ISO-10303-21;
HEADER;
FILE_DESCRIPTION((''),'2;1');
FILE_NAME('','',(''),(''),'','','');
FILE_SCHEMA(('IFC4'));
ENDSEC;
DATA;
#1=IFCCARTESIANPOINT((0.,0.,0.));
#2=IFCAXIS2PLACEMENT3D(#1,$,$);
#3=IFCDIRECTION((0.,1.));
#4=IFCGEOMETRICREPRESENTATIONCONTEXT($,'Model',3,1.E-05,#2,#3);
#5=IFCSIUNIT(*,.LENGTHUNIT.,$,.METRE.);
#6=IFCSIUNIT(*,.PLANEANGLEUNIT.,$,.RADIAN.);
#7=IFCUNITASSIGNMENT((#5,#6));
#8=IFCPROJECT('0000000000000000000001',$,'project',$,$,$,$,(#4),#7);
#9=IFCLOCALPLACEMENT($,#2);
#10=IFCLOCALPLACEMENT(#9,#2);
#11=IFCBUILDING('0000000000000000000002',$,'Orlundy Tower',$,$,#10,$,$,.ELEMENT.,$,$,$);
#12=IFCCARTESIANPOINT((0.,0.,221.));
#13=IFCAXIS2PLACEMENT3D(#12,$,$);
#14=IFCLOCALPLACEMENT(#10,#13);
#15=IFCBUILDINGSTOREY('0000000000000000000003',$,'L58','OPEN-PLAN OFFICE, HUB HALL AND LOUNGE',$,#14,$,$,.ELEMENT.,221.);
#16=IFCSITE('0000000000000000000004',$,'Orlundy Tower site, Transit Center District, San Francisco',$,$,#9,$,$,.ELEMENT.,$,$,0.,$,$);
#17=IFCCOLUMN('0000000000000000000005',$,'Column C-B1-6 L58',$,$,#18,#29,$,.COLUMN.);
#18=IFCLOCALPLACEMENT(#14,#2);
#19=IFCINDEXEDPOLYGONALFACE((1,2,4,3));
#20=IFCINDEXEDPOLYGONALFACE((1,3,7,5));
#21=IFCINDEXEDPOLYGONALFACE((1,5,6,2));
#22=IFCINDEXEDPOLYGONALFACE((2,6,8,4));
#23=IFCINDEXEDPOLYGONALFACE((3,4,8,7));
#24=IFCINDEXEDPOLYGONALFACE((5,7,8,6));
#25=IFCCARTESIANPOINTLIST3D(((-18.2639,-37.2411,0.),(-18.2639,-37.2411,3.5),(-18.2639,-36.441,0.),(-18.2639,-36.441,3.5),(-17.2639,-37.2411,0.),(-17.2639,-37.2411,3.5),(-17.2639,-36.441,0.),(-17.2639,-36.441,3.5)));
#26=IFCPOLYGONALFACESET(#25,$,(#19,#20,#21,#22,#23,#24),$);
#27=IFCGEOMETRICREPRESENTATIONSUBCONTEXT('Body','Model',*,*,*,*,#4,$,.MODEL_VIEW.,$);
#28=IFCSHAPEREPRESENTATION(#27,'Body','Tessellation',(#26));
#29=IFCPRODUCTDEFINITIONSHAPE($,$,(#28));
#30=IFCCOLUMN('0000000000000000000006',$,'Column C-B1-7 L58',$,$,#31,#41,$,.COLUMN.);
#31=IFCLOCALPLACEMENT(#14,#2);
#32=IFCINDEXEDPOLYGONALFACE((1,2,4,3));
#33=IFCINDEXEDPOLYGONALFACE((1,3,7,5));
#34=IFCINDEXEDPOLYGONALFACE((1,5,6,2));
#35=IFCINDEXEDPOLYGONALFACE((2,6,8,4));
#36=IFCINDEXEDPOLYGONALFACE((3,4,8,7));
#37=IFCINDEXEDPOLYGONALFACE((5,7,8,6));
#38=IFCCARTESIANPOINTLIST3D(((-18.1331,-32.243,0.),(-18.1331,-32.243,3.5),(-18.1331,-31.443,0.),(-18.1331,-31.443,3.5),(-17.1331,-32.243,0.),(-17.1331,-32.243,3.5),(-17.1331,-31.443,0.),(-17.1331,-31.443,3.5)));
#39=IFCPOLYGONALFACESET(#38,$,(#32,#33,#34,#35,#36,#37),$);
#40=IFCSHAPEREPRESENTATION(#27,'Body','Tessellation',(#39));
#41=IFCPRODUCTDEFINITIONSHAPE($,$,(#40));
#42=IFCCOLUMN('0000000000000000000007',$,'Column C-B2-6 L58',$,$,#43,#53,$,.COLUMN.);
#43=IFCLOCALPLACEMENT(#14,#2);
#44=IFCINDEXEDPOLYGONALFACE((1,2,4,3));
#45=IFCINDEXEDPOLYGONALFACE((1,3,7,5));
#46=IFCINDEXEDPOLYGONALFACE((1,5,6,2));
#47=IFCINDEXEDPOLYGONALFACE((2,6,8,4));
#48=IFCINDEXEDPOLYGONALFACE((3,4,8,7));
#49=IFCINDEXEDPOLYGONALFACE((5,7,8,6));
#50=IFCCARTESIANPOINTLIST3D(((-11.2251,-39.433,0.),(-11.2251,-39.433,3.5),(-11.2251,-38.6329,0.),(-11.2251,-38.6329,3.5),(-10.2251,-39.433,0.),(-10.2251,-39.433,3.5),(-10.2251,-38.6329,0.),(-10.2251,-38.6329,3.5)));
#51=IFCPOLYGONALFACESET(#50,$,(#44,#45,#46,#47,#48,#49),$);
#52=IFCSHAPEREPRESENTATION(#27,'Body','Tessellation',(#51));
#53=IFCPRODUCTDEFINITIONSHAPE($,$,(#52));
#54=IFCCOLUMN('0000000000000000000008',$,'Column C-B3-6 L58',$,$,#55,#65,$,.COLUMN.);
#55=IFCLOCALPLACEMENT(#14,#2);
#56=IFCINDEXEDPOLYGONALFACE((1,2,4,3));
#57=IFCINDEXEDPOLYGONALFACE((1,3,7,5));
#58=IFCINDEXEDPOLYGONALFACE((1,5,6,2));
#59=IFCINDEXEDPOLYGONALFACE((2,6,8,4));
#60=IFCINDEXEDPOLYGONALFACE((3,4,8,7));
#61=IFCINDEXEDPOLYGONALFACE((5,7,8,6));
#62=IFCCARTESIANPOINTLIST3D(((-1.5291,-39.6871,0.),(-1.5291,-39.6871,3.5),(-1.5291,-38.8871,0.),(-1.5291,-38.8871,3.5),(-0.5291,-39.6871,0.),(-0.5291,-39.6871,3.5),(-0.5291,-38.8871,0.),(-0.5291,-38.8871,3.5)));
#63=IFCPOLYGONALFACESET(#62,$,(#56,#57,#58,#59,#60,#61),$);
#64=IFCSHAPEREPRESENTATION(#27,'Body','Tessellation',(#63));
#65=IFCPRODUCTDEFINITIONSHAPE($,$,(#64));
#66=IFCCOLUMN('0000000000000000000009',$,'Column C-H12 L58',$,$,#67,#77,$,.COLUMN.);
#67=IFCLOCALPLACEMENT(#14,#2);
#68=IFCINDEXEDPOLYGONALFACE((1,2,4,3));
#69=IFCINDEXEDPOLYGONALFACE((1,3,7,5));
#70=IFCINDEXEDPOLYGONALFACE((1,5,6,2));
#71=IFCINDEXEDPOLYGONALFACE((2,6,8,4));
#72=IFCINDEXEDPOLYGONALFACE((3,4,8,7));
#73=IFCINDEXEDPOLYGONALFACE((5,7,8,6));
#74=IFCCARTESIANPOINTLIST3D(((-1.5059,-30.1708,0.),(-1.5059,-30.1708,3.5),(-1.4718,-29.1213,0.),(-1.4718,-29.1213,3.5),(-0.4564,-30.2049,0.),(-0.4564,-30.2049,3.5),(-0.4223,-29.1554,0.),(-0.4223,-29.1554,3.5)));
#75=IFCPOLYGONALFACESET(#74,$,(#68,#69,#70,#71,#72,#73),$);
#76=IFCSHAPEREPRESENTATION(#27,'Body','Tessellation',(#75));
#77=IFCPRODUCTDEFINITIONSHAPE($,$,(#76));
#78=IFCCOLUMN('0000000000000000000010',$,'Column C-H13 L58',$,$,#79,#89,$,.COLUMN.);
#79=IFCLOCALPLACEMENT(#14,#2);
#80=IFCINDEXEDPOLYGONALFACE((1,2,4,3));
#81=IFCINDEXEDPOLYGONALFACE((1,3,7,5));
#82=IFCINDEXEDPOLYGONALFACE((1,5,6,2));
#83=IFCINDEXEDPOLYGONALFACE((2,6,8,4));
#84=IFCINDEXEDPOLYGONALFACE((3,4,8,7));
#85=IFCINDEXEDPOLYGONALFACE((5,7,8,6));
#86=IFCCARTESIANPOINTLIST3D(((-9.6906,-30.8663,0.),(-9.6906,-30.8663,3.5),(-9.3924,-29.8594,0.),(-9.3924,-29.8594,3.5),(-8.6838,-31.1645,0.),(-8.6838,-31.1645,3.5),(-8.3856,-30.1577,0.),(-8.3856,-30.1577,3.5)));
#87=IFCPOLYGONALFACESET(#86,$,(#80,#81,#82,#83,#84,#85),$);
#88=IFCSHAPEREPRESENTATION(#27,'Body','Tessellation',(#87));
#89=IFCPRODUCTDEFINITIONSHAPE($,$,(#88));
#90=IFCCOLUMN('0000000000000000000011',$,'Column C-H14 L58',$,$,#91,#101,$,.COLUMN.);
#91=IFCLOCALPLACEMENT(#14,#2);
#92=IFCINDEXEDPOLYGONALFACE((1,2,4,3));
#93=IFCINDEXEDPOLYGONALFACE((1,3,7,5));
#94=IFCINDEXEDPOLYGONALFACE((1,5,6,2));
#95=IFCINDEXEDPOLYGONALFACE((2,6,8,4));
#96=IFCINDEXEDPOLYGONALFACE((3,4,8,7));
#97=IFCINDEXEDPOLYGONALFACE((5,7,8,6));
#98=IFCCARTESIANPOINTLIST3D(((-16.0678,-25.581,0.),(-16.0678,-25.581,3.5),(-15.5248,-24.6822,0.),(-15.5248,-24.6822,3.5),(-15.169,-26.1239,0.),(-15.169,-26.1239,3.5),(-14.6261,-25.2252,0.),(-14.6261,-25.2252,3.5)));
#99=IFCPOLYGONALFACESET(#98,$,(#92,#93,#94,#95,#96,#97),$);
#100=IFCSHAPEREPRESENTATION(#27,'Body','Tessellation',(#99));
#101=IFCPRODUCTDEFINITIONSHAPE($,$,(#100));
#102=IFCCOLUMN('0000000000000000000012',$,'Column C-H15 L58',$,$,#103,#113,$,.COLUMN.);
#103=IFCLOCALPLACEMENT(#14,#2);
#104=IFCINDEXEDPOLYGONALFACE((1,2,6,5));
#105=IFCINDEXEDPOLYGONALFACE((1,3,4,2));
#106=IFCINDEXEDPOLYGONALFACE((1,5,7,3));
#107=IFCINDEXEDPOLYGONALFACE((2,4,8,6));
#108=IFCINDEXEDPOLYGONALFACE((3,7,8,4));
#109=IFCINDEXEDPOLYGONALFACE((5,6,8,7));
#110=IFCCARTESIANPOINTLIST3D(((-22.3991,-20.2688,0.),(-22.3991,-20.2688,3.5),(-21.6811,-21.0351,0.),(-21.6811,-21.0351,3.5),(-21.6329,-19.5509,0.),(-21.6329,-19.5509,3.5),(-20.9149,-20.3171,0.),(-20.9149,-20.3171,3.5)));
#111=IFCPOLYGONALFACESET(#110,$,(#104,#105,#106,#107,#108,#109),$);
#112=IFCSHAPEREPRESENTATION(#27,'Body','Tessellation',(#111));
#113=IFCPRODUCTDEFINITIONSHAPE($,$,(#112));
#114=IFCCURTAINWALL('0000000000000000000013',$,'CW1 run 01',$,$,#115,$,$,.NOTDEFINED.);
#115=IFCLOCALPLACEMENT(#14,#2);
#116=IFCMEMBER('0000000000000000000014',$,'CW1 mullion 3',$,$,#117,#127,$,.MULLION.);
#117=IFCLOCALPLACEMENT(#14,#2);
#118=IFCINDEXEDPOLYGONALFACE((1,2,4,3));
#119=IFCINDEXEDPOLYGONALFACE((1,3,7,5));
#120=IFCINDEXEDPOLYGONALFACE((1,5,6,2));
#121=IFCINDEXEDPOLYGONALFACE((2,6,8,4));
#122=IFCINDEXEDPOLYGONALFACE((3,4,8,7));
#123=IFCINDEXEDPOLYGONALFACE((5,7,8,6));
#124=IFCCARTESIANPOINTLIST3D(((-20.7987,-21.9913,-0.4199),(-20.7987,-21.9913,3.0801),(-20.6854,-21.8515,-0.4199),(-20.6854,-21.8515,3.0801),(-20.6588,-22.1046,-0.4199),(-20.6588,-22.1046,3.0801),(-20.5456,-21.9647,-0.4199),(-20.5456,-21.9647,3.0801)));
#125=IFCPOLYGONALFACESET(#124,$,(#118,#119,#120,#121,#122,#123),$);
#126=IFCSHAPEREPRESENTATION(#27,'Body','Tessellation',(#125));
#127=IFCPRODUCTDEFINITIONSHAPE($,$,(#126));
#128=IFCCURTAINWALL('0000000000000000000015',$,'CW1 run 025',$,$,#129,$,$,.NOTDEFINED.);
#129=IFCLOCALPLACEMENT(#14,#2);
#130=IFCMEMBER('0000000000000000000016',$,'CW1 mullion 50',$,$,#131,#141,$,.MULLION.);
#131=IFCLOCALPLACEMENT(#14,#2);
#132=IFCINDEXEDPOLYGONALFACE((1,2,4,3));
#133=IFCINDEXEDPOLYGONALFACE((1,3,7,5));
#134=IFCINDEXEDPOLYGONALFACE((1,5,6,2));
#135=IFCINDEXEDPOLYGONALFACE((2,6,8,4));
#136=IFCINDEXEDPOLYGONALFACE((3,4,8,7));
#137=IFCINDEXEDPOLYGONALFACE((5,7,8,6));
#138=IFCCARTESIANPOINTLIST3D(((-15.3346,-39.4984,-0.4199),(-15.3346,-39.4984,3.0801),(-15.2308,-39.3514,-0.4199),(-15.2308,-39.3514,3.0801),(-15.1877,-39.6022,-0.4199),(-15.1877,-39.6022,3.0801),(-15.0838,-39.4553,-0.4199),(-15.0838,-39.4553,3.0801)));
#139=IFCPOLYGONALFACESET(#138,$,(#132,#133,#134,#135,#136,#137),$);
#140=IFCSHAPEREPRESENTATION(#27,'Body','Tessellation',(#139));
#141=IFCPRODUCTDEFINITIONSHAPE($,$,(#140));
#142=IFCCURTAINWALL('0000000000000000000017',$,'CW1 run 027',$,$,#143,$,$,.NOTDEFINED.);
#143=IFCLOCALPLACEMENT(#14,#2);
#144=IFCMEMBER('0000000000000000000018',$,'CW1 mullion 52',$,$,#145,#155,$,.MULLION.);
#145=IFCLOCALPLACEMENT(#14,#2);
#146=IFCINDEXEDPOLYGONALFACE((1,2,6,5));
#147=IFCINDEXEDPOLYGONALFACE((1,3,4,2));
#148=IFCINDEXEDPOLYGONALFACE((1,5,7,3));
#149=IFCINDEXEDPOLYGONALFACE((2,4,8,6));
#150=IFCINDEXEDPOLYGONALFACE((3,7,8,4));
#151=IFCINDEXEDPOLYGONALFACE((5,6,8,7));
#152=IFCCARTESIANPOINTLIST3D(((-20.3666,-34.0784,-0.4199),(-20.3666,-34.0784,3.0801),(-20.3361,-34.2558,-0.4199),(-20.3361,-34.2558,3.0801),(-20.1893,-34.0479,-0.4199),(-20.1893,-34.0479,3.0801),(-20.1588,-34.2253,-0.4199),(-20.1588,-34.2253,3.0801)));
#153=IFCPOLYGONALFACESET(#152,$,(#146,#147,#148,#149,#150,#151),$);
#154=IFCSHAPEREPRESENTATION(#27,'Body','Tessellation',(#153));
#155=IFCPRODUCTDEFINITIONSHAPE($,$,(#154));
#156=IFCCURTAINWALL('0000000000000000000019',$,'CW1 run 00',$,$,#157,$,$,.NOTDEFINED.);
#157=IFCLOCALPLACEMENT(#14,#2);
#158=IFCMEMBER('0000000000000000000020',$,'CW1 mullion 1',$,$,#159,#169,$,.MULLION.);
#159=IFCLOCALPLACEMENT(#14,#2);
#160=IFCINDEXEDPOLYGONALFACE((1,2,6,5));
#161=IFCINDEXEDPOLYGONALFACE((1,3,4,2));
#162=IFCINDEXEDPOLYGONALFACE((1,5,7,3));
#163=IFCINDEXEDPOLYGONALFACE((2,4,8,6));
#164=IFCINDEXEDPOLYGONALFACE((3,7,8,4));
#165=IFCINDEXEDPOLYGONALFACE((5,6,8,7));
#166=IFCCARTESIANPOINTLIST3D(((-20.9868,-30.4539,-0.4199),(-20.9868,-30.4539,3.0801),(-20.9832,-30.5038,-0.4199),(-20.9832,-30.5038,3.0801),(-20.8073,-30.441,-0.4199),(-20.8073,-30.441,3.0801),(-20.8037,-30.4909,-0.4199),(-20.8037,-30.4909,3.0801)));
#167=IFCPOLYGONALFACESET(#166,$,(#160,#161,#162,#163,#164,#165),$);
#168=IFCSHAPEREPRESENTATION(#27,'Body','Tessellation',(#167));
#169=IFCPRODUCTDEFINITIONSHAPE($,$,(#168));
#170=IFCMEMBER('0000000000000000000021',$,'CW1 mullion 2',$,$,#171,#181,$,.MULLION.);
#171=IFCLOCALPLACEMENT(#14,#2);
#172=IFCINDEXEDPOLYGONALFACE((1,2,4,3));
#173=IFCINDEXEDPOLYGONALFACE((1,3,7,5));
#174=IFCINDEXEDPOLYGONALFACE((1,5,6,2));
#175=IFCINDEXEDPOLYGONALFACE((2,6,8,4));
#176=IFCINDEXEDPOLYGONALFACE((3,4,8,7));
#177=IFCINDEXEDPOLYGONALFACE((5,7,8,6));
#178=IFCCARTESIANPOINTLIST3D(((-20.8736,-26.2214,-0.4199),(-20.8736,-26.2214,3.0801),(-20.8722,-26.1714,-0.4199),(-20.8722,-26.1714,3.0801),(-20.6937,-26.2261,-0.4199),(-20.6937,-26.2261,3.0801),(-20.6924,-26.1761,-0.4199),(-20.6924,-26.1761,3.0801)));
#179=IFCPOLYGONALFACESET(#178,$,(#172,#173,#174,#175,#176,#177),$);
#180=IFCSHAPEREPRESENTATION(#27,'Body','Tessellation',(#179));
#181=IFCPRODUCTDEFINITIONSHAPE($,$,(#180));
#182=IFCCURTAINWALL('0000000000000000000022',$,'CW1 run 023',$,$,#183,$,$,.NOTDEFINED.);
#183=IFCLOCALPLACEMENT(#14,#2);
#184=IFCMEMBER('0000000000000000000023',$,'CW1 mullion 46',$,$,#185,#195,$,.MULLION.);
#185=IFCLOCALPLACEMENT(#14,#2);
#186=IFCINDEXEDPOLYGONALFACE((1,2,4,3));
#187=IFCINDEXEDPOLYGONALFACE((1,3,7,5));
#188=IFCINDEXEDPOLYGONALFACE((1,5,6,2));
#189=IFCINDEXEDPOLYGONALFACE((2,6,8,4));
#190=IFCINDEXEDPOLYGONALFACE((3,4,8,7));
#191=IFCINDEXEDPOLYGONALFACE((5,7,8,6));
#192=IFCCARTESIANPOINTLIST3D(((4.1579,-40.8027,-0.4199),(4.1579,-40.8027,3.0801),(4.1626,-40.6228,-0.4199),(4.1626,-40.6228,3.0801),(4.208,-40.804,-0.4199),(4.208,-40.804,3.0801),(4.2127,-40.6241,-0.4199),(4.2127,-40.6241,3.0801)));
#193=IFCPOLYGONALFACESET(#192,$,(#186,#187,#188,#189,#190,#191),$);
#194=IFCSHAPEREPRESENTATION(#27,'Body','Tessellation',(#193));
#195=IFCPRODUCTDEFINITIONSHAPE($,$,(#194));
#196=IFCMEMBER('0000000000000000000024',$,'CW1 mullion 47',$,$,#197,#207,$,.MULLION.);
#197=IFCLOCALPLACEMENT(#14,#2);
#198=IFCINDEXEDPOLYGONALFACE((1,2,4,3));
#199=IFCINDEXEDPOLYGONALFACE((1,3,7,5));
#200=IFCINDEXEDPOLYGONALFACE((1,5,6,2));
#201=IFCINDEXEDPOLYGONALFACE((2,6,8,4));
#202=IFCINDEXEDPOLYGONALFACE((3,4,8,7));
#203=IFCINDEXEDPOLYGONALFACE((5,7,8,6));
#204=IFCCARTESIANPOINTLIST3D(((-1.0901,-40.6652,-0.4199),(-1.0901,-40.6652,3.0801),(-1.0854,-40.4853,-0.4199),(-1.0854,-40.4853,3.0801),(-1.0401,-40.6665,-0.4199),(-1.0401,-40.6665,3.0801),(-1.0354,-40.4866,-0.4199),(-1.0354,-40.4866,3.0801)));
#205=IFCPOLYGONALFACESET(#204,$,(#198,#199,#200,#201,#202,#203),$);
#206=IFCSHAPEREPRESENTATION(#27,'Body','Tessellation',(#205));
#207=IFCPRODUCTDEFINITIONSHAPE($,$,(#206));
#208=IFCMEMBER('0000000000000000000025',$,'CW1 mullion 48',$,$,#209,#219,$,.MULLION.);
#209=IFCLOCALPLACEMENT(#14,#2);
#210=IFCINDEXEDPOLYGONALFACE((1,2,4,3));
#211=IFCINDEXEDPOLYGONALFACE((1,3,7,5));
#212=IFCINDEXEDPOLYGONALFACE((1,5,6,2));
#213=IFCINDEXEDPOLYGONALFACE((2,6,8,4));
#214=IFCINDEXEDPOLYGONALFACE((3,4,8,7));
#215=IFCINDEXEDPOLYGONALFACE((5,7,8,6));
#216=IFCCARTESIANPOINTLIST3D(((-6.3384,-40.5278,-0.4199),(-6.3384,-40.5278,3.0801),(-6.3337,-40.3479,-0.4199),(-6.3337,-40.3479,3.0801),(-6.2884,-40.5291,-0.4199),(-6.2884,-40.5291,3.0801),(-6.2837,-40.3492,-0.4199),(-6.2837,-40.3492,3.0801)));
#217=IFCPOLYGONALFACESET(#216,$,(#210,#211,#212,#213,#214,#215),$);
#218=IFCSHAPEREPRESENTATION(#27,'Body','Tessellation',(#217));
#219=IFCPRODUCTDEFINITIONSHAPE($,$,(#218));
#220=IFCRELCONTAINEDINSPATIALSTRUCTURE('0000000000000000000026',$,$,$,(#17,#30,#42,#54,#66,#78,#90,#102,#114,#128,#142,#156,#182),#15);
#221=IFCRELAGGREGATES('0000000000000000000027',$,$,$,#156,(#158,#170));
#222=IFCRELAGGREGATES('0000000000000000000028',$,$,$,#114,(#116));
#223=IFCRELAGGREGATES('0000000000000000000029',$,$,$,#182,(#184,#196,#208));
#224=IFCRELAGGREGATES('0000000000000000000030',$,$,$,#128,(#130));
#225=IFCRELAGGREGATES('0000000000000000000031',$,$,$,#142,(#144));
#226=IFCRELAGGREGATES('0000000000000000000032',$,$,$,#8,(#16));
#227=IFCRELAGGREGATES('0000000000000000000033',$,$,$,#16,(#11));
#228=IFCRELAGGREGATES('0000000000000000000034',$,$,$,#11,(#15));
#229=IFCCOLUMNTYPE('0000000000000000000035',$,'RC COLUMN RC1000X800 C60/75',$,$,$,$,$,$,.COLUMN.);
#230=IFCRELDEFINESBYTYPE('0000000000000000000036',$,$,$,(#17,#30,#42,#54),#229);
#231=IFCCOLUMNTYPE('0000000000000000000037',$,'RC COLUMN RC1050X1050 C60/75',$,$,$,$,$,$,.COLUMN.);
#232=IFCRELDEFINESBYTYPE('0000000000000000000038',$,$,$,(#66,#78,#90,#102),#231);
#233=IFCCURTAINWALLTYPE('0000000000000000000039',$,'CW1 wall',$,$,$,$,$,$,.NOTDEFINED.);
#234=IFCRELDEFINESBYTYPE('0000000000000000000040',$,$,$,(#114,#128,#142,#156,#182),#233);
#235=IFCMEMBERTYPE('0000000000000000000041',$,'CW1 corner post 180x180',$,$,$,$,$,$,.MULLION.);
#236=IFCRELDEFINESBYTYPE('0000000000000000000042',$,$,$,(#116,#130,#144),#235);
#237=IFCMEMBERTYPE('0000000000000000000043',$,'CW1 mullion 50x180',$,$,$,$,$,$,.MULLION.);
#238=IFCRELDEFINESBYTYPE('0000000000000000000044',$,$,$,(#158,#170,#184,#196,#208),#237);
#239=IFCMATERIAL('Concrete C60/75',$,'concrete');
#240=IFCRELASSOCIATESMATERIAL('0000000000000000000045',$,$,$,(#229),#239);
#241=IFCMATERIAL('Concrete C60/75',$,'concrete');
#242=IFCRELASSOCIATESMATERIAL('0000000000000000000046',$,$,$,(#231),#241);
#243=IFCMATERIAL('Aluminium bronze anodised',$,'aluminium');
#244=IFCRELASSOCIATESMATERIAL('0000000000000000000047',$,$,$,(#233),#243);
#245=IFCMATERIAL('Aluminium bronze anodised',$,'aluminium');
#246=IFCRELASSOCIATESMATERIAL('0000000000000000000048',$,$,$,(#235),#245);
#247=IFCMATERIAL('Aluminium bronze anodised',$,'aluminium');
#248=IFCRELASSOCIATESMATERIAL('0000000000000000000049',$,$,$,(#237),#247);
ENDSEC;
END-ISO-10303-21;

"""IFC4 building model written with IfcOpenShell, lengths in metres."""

from ifc_helpers import new_model, si_unit, direction, frame, origin, origin_2d, place, context, subcontext, project, spatial, rectangle, extrude, material, material_profile, profile_set, type_object, element, aggregate, save


model = new_model("IFC4")

# Units and contexts
model_context = context("Model", 3, precision=1e-05, world=origin(), true_north=direction((0.0, 1.0)))
body_context = subcontext(model_context, "Body", "Model", "MODEL_VIEW")
ifc_project = project(units=[si_unit("LENGTHUNIT", "METRE"), si_unit("PLANEANGLEUNIT", "RADIAN")], contexts=[model_context])

# Site, building, storey
site_placement = place(None, origin())
site = spatial("IfcSite", under=ifc_project, at=site_placement, Name="Orlundy Tower site, Transit Center District, San Francisco", CompositionType="ELEMENT", RefElevation=0.0)
building_placement = place(site_placement, origin())
building = spatial("IfcBuilding", under=site, at=building_placement, Name="Orlundy Tower", CompositionType="ELEMENT")
storey_placement = place(building_placement, frame((0.0, 0.0, 221.0)))
storey = spatial("IfcBuildingStorey", under=building, at=storey_placement, Name="L58", Description="OPEN-PLAN OFFICE, HUB HALL AND LOUNGE", CompositionType="ELEMENT", Elevation=221.0)

# Columns
ifc_material_1 = material(Name="Concrete C60/75", Category="concrete")
ifc_material_profile_1 = material_profile(ifc_material_1, rectangle(XDim=1.0, YDim=0.8, at=origin_2d()), Name="RC1000X800")
ifc_profile_set_1 = profile_set([ifc_material_profile_1], Name="Concrete C60/75")
column_type_1 = type_object("IfcColumnType", Name="RC COLUMN RC1000X800 C60/75", PredefinedType="COLUMN", material=ifc_profile_set_1)
for number, where, z_axis, x_axis, name in (
    (1, (-17.7639, -36.8411, 0.0), (0.0, 0.0, 1.0), (1.0, 0.0, 0.0), "Column C-B1-6 L58"),
    (2, (-17.6331, -31.843, 0.0), (0.0, 0.0, 1.0), (1.0, 0.0, 0.0), "Column C-B1-7 L58"),
    (3, (-10.7251, -39.033, 0.0), (0.0, 0.0, 1.0), (1.0, 0.0, 0.0), "Column C-B2-6 L58"),
    (4, (-1.0291, -39.2871, 0.0), (0.0, 0.0, 1.0), (1.0, 0.0, 0.0), "Column C-B3-6 L58"),
):
    element("IfcColumn", number, at=place(storey_placement, frame(where, z_axis=z_axis, x_axis=x_axis)), inside=storey, type_object=column_type_1, Name=name, PredefinedType="COLUMN", context=body_context, shape_type="SweptSolid", body=[
        extrude(rectangle(XDim=1.0, YDim=0.8, at=origin_2d()), origin(), (0.0, 0.0, 1.0), 3.5),
    ])
ifc_material_2 = material(Name="Concrete C60/75", Category="concrete")
ifc_material_profile_2 = material_profile(ifc_material_2, rectangle(XDim=1.05, YDim=1.05, at=origin_2d()), Name="RC1050X1050")
ifc_profile_set_2 = profile_set([ifc_material_profile_2], Name="Concrete C60/75")
column_type_2 = type_object("IfcColumnType", Name="RC COLUMN RC1050X1050 C60/75", PredefinedType="COLUMN", material=ifc_profile_set_2)
for number, where, z_axis, x_axis, name in (
    (5, (-0.9641, -29.6631, 0.0), (0.0, 0.0, 1.0), (-0.032475, -0.999473, 0.0), "Column C-H12 L58"),
    (6, (-9.0381, -30.512, 0.0), (0.0, 0.0, 1.0), (-0.284015, -0.95882, 0.0), "Column C-H13 L58"),
    (7, (-15.3469, -25.4031, 0.0), (0.0, 0.0, 1.0), (-0.517101, -0.855924, 0.0), "Column C-H14 L58"),
    (8, (-21.657, -20.293, 0.0), (0.0, 0.0, 1.0), (-0.729709, -0.683758, 0.0), "Column C-H15 L58"),
):
    element("IfcColumn", number, at=place(storey_placement, frame(where, z_axis=z_axis, x_axis=x_axis)), inside=storey, type_object=column_type_2, Name=name, PredefinedType="COLUMN", context=body_context, shape_type="SweptSolid", body=[
        extrude(rectangle(XDim=1.05, YDim=1.05, at=origin_2d()), origin(), (0.0, 0.0, 1.0), 3.5),
    ])

# Curtain walls, members
ifc_material_3 = material(Name="Aluminium bronze anodised", Category="aluminium")
curtain_wall_type = type_object("IfcCurtainWallType", Name="CW1 wall", PredefinedType="NOTDEFINED", material=ifc_material_3)
curtain_wall_1_placement = place(storey_placement, origin())
curtain_wall_1 = element("IfcCurtainWall", 9, at=curtain_wall_1_placement, inside=storey, type_object=curtain_wall_type, Name="CW1 run 01", PredefinedType="NOTDEFINED")
ifc_material_4 = material(Name="Aluminium bronze anodised", Category="aluminium")
ifc_material_profile_3 = material_profile(ifc_material_4, rectangle(XDim=0.1799, YDim=0.1799, at=origin_2d()), Name="CW1 corner post 180x180")
ifc_profile_set_3 = profile_set([ifc_material_profile_3], Name="Aluminium bronze anodised")
member_type_1 = type_object("IfcMemberType", Name="CW1 corner post 180x180", PredefinedType="MULLION", material=ifc_profile_set_3)
member_1_placement = place(storey_placement, frame((-20.6721, -21.978, -0.4199), z_axis=(0.0, 0.0, 1.0), x_axis=(-0.629283, -0.777177, 0.0)))
member_1 = element("IfcMember", 10, at=member_1_placement, type_object=member_type_1, Name="CW1 mullion 3", PredefinedType="MULLION", context=body_context, shape_type="SweptSolid", body=[
    extrude(rectangle(XDim=0.1799, YDim=0.1799, at=origin_2d()), origin(), (0.0, 0.0, 1.0), 3.5),
])
curtain_wall_2_placement = place(storey_placement, origin())
curtain_wall_2 = element("IfcCurtainWall", 11, at=curtain_wall_2_placement, inside=storey, type_object=curtain_wall_type, Name="CW1 run 025", PredefinedType="NOTDEFINED")
member_2_placement = place(storey_placement, frame((-15.2092, -39.4768, -0.4199), z_axis=(0.0, 0.0, 1.0), x_axis=(-0.577096, -0.816676, 0.0)))
member_2 = element("IfcMember", 12, at=member_2_placement, type_object=member_type_1, Name="CW1 mullion 50", PredefinedType="MULLION", context=body_context, shape_type="SweptSolid", body=[
    extrude(rectangle(XDim=0.1799, YDim=0.1799, at=origin_2d()), origin(), (0.0, 0.0, 1.0), 3.5),
])
curtain_wall_3_placement = place(storey_placement, origin())
curtain_wall_3 = element("IfcCurtainWall", 13, at=curtain_wall_3_placement, inside=storey, type_object=curtain_wall_type, Name="CW1 run 027", PredefinedType="NOTDEFINED")
member_3_placement = place(storey_placement, frame((-20.2627, -34.1519, -0.4199), z_axis=(0.0, 0.0, 1.0), x_axis=(-0.985543, -0.169428, 0.0)))
member_3 = element("IfcMember", 14, at=member_3_placement, type_object=member_type_1, Name="CW1 mullion 52", PredefinedType="MULLION", context=body_context, shape_type="SweptSolid", body=[
    extrude(rectangle(XDim=0.1799, YDim=0.1799, at=origin_2d()), origin(), (0.0, 0.0, 1.0), 3.5),
])

# Curtain walls, members
curtain_wall_4_placement = place(storey_placement, origin())
curtain_wall_4 = element("IfcCurtainWall", 15, at=curtain_wall_4_placement, inside=storey, type_object=curtain_wall_type, Name="CW1 run 00", PredefinedType="NOTDEFINED")
ifc_material_5 = material(Name="Aluminium bronze anodised", Category="aluminium")
ifc_material_profile_4 = material_profile(ifc_material_5, rectangle(XDim=0.1799, YDim=0.05, at=origin_2d()), Name="CW1 mullion 50x180")
ifc_profile_set_4 = profile_set([ifc_material_profile_4], Name="Aluminium bronze anodised")
member_type_2 = type_object("IfcMemberType", Name="CW1 mullion 50x180", PredefinedType="MULLION", material=ifc_profile_set_4)
member_4_placement = place(storey_placement, frame((-20.8953, -30.4724, -0.4199), z_axis=(0.0, 0.0, 1.0), x_axis=(-0.997409, -0.071935, 0.0)))
member_4 = element("IfcMember", 16, at=member_4_placement, type_object=member_type_2, Name="CW1 mullion 1", PredefinedType="MULLION", context=body_context, shape_type="SweptSolid", body=[
    extrude(rectangle(XDim=0.1799, YDim=0.05, at=origin_2d()), origin(), (0.0, 0.0, 1.0), 3.5),
])
member_5_placement = place(storey_placement, frame((-20.783, -26.1987, -0.4199), z_axis=(0.0, 0.0, 1.0), x_axis=(-0.999655, 0.026251, 0.0)))
member_5 = element("IfcMember", 17, at=member_5_placement, type_object=member_type_2, Name="CW1 mullion 2", PredefinedType="MULLION", context=body_context, shape_type="SweptSolid", body=[
    extrude(rectangle(XDim=0.1799, YDim=0.05, at=origin_2d()), origin(), (0.0, 0.0, 1.0), 3.5),
])
curtain_wall_5_placement = place(storey_placement, origin())
curtain_wall_5 = element("IfcCurtainWall", 18, at=curtain_wall_5_placement, inside=storey, type_object=curtain_wall_type, Name="CW1 run 023", PredefinedType="NOTDEFINED")
member_6_placement = place(storey_placement, frame((4.1853, -40.7134, -0.4199), z_axis=(0.0, 0.0, 1.0), x_axis=(-0.02619, -0.999657, 0.0)))
member_6 = element("IfcMember", 19, at=member_6_placement, type_object=member_type_2, Name="CW1 mullion 46", PredefinedType="MULLION", context=body_context, shape_type="SweptSolid", body=[
    extrude(rectangle(XDim=0.1799, YDim=0.05, at=origin_2d()), origin(), (0.0, 0.0, 1.0), 3.5),
])
member_7_placement = place(storey_placement, frame((-1.0627, -40.5759, -0.4199), z_axis=(0.0, 0.0, 1.0), x_axis=(-0.02619, -0.999657, 0.0)))
member_7 = element("IfcMember", 20, at=member_7_placement, type_object=member_type_2, Name="CW1 mullion 47", PredefinedType="MULLION", context=body_context, shape_type="SweptSolid", body=[
    extrude(rectangle(XDim=0.1799, YDim=0.05, at=origin_2d()), origin(), (0.0, 0.0, 1.0), 3.5),
])
member_8_placement = place(storey_placement, frame((-6.311, -40.4385, -0.4199), z_axis=(0.0, 0.0, 1.0), x_axis=(-0.02619, -0.999657, 0.0)))
member_8 = element("IfcMember", 21, at=member_8_placement, type_object=member_type_2, Name="CW1 mullion 48", PredefinedType="MULLION", context=body_context, shape_type="SweptSolid", body=[
    extrude(rectangle(XDim=0.1799, YDim=0.05, at=origin_2d()), origin(), (0.0, 0.0, 1.0), 3.5),
])

aggregate(curtain_wall_4, [member_4, member_5])
aggregate(curtain_wall_1, [member_1])
aggregate(curtain_wall_5, [member_6, member_7, member_8])
aggregate(curtain_wall_2, [member_2])
aggregate(curtain_wall_3, [member_3])

save(model, "model.ifc")
